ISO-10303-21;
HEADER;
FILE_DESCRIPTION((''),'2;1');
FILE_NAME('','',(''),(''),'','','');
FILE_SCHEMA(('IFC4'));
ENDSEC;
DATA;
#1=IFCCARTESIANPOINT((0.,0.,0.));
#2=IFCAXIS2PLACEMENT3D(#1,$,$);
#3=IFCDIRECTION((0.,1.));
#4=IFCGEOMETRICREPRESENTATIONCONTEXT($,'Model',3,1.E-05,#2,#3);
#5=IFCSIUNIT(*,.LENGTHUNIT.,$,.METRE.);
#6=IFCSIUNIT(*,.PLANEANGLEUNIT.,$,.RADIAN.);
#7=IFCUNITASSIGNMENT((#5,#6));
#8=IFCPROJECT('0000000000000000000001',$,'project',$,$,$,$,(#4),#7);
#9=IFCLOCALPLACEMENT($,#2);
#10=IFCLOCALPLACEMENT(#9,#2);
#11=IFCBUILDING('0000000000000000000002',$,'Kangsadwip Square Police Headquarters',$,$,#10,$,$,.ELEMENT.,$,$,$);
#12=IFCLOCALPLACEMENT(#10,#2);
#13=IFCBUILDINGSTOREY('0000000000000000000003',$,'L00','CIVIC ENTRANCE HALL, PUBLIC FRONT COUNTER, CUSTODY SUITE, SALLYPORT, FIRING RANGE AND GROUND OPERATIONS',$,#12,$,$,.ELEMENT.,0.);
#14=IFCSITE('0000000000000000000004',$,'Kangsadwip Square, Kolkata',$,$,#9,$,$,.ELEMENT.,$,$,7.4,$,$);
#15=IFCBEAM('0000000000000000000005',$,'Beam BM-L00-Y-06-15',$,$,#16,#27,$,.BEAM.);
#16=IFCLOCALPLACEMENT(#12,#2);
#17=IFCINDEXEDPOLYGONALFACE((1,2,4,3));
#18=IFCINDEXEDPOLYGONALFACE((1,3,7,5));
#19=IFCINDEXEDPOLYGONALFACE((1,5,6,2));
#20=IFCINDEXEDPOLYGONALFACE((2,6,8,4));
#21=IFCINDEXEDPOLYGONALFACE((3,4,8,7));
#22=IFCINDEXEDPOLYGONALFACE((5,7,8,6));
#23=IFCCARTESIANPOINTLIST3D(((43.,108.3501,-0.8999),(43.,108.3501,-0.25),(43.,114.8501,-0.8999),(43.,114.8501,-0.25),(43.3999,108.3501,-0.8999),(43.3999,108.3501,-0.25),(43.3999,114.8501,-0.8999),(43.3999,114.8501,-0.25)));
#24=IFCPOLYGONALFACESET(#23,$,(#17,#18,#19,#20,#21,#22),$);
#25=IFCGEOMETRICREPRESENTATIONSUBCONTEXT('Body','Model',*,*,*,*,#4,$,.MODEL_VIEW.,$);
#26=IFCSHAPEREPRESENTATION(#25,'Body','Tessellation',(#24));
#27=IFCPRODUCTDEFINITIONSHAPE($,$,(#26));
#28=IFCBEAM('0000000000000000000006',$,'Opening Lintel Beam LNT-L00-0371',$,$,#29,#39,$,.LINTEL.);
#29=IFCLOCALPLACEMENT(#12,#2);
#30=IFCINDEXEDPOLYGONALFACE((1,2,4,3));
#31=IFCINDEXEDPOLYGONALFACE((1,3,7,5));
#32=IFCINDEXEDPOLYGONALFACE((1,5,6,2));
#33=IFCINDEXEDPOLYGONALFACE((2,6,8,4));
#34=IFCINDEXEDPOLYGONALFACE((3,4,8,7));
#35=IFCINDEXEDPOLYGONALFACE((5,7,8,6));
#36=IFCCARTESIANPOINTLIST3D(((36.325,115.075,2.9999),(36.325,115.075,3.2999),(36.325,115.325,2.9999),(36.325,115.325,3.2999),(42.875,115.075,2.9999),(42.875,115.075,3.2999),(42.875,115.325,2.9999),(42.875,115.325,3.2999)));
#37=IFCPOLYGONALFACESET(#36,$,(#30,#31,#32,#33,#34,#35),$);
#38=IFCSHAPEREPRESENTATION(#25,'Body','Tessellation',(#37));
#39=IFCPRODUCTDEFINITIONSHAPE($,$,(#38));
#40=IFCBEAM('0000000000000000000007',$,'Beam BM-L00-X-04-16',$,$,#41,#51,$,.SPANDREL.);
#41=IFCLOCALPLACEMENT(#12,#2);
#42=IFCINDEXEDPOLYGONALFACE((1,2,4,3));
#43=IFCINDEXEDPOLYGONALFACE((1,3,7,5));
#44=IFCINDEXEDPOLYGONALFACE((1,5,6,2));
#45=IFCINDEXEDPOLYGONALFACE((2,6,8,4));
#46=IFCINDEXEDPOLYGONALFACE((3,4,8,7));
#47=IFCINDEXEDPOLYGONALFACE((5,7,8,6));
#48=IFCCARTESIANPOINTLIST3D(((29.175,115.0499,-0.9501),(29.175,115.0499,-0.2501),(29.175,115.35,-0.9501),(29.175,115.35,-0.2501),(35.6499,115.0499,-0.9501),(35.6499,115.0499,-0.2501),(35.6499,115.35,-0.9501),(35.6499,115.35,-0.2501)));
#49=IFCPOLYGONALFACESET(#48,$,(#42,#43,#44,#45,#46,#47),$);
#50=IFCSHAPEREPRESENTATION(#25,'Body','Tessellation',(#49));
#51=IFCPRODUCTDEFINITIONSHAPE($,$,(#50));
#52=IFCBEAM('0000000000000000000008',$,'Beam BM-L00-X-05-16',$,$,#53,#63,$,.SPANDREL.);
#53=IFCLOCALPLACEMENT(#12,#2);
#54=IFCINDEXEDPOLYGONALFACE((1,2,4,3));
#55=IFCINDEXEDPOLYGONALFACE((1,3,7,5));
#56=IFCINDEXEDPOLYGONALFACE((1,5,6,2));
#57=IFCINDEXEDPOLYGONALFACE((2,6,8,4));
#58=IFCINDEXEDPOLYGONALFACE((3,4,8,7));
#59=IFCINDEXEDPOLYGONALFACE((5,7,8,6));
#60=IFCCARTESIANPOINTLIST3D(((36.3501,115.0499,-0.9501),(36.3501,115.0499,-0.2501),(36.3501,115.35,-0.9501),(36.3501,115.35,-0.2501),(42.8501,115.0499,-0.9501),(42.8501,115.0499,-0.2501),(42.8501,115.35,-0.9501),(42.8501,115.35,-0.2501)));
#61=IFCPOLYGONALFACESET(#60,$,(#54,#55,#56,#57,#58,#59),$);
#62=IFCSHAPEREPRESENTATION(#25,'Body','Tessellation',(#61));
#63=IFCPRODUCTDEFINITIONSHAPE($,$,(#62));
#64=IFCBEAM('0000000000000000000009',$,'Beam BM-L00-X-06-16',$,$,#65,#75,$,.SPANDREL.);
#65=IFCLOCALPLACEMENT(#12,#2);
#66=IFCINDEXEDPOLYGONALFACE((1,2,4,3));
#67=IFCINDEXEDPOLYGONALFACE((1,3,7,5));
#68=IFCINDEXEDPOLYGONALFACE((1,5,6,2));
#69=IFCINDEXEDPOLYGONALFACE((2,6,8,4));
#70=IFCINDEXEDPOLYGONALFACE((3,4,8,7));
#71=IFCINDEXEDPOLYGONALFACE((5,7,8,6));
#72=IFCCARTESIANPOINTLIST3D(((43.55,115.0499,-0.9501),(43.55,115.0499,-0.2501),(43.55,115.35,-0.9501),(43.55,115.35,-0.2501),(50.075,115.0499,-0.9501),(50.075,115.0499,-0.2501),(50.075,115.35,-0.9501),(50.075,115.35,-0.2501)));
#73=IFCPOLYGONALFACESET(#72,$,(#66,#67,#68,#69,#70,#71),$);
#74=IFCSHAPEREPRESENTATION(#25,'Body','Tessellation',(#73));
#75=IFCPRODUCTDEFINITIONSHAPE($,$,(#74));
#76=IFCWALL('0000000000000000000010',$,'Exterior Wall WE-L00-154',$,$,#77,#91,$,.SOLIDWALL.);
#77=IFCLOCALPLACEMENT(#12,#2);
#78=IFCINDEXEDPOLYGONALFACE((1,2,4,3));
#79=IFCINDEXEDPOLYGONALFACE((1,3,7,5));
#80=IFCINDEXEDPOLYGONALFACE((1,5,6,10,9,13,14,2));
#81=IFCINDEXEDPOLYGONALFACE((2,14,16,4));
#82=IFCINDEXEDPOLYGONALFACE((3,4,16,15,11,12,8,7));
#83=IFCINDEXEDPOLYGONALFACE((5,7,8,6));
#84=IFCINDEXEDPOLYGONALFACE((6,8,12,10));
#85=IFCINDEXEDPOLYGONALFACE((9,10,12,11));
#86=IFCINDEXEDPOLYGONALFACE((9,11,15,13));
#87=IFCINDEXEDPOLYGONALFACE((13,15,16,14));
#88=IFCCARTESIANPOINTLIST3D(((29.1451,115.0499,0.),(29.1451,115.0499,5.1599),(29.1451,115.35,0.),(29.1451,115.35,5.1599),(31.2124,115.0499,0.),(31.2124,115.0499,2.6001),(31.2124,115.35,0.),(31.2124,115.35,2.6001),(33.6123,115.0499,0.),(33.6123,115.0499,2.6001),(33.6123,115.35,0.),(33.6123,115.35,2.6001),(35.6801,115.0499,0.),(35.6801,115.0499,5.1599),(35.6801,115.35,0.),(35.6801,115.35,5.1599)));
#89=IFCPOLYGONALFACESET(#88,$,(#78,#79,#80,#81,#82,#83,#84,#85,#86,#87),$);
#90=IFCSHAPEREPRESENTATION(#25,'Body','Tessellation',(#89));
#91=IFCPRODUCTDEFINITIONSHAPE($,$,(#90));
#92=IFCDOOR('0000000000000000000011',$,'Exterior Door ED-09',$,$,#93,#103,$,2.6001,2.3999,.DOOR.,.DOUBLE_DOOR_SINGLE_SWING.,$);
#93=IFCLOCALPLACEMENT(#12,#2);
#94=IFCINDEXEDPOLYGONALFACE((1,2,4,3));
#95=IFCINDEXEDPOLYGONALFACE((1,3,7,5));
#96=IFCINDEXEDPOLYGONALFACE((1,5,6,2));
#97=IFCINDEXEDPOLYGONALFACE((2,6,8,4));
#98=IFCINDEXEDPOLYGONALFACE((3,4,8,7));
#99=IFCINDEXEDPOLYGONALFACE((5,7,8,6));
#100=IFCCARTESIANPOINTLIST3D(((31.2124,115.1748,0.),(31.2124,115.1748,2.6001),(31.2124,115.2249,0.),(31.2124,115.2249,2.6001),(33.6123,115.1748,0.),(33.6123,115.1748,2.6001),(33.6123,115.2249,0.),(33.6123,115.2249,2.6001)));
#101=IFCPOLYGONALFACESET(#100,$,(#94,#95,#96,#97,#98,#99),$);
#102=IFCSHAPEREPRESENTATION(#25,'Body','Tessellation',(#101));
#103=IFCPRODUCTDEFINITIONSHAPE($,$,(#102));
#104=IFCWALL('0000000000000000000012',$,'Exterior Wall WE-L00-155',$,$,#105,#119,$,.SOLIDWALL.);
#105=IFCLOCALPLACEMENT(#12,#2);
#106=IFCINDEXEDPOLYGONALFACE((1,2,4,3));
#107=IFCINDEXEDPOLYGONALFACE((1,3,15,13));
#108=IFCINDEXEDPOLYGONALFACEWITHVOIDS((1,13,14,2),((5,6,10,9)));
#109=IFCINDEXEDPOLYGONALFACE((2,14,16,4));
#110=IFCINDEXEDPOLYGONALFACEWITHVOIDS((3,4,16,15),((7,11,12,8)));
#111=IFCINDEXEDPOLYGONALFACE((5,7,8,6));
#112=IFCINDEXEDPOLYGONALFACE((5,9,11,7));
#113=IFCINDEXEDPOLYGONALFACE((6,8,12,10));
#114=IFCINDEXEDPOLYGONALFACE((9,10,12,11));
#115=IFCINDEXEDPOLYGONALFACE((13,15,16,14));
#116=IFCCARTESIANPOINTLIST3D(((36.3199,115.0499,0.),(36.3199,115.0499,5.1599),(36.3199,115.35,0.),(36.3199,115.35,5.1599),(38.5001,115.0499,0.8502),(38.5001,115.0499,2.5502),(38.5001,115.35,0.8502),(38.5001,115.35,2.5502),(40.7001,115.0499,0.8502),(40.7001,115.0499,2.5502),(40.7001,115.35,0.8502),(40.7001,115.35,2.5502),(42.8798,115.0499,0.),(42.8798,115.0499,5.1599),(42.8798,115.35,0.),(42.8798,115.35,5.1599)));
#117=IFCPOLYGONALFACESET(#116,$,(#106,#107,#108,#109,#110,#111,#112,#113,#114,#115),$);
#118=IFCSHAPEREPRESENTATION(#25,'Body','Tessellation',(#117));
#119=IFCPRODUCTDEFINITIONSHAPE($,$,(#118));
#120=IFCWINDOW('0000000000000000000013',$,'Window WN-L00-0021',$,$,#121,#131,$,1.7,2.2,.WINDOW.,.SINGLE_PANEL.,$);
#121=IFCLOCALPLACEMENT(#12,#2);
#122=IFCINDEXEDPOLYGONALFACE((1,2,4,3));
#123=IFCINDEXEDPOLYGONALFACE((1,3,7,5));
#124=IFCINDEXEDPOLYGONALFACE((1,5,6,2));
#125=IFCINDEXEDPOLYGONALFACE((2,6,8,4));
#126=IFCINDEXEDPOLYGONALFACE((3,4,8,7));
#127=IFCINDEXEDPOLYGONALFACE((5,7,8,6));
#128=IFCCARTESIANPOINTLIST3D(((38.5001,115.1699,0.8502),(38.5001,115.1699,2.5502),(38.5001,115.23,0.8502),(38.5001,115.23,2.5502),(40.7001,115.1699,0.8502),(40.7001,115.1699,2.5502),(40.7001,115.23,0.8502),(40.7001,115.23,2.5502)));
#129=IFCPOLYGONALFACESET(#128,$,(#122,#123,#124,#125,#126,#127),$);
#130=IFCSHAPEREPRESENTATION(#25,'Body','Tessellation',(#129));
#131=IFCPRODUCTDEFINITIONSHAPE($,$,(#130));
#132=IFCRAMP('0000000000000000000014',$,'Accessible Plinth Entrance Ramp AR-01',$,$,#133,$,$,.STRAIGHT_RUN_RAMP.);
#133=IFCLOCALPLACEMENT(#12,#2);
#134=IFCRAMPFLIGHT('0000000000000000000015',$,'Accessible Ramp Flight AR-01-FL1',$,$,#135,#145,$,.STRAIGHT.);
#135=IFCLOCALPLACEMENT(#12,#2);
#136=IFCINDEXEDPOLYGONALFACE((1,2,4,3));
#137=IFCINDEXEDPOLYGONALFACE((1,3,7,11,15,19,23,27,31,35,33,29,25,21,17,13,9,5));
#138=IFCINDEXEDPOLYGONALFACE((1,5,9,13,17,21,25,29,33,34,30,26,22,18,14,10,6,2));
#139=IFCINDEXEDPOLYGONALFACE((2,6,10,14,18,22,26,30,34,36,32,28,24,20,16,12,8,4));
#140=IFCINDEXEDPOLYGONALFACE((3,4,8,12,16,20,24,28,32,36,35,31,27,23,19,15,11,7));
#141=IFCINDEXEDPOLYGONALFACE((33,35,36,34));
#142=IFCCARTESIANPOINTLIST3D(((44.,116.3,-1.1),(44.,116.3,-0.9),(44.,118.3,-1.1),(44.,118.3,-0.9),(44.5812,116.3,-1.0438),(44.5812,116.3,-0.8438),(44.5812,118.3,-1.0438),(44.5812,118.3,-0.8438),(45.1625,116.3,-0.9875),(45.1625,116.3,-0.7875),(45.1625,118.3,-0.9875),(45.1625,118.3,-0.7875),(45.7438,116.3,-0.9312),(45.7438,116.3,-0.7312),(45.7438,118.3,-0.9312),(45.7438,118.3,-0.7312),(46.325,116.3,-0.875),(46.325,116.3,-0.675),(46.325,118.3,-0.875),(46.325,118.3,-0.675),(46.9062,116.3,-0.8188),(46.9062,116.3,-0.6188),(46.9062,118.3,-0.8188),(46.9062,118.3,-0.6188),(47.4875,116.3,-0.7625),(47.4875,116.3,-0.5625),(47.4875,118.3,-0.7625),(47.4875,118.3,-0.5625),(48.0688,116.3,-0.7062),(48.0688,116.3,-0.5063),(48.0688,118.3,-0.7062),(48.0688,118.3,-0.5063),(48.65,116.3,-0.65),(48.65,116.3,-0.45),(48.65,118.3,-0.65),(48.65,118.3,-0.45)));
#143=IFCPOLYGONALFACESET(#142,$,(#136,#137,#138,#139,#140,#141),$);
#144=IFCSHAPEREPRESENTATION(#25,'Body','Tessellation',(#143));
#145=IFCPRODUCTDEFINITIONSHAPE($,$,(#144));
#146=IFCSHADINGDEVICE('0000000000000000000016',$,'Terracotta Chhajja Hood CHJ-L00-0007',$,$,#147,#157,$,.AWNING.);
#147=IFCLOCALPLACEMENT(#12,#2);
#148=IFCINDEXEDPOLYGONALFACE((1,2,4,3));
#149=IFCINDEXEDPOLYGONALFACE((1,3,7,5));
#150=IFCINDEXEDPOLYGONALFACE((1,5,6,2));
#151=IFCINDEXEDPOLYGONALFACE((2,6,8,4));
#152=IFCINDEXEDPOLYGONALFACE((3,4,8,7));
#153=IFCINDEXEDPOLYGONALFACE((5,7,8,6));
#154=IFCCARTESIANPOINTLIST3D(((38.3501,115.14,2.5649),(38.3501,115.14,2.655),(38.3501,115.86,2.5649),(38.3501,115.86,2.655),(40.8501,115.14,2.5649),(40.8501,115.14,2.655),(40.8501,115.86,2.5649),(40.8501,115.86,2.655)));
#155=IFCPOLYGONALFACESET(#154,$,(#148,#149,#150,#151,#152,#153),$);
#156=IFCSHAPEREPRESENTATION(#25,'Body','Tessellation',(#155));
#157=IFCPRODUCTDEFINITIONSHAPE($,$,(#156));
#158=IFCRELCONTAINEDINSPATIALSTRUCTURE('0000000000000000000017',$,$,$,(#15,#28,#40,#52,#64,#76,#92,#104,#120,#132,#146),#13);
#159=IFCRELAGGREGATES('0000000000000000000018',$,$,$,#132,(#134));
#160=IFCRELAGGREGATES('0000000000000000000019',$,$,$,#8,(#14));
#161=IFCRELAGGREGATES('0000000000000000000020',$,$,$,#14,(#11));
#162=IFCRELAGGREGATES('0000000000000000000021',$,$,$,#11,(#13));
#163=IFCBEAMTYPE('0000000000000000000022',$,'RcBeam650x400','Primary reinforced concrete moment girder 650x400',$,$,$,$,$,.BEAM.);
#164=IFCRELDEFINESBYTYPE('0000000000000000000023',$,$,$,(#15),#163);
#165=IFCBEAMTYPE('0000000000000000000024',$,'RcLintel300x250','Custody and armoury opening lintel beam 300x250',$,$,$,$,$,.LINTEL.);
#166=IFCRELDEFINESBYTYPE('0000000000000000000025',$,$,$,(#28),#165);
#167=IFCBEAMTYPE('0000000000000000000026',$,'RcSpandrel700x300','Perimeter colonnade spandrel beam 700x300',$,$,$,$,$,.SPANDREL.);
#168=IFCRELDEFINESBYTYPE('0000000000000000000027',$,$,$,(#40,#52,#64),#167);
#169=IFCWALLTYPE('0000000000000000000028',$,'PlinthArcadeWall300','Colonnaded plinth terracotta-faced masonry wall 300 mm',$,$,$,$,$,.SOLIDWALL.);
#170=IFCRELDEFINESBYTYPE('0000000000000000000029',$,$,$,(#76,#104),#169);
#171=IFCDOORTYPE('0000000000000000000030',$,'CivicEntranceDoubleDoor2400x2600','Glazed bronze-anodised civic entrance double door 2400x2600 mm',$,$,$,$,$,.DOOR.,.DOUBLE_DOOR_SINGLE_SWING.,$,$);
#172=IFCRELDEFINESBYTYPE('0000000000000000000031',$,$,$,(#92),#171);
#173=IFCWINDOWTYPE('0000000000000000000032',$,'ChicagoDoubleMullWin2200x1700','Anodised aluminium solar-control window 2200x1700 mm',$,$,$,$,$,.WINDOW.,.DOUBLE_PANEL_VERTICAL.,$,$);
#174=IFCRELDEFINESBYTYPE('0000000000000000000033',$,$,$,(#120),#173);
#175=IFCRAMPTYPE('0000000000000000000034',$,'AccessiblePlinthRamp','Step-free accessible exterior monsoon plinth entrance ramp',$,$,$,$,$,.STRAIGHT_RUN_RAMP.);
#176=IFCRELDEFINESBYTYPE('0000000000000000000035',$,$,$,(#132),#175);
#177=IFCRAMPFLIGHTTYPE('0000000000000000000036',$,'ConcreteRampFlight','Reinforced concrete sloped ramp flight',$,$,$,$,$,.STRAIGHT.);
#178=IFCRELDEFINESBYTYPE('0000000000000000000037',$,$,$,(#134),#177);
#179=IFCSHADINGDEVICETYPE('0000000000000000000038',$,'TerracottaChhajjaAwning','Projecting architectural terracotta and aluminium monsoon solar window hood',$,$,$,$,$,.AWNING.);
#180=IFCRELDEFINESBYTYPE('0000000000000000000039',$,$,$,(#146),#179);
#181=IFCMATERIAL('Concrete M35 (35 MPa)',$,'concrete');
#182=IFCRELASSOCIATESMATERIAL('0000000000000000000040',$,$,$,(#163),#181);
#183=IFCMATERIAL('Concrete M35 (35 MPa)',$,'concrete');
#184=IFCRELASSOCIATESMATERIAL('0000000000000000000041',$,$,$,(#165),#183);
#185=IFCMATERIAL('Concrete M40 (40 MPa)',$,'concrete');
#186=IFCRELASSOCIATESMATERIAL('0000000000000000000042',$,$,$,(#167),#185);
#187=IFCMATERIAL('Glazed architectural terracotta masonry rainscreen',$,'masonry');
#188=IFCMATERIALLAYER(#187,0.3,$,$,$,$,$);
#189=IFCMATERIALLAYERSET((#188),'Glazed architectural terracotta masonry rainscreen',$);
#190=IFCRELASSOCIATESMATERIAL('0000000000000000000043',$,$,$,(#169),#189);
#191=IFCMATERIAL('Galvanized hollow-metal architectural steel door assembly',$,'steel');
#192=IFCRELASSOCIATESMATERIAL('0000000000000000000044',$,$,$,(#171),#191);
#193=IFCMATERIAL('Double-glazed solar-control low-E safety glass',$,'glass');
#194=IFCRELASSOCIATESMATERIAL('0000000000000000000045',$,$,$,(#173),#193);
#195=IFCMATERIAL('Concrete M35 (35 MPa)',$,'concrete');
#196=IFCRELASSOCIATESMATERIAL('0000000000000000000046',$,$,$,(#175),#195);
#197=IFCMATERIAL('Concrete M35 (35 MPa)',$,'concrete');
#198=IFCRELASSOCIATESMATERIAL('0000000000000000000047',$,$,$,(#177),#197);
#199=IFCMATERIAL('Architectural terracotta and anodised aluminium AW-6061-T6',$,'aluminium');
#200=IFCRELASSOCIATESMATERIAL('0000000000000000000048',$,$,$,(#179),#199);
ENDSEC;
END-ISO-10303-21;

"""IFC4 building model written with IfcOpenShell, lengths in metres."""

from ifc_helpers import new_model, si_unit, direction, frame, frame_2d, origin, origin_2d, place, context, subcontext, project, spatial, polyline, rectangle, outline, extrude, material, layer, layer_set, material_profile, profile_set, type_object, element, fill, aggregate, save


model = new_model("IFC4")

# Units and contexts
model_context = context("Model", 3, precision=1e-05, world=origin(), true_north=direction((0.0, 1.0)))
body_context = subcontext(model_context, "Body", "Model", "MODEL_VIEW")
ifc_project = project(units=[si_unit("LENGTHUNIT", "METRE"), si_unit("PLANEANGLEUNIT", "RADIAN")], contexts=[model_context])

# Site, building, storey
site_placement = place(None, origin())
site = spatial("IfcSite", under=ifc_project, at=site_placement, Name="Kangsadwip Square, Kolkata", CompositionType="ELEMENT", RefElevation=7.4)
building_placement = place(site_placement, origin())
building = spatial("IfcBuilding", under=site, at=building_placement, Name="Kangsadwip Square Police Headquarters", CompositionType="ELEMENT")
storey_placement = place(building_placement, origin())
storey = spatial("IfcBuildingStorey", under=building, at=storey_placement, Name="L00", Description="CIVIC ENTRANCE HALL, PUBLIC FRONT COUNTER, CUSTODY SUITE, SALLYPORT, FIRING RANGE AND GROUND OPERATIONS", CompositionType="ELEMENT", Elevation=0.0)

# Beams
ifc_material_1 = material(Name="Concrete M35 (35 MPa)", Category="concrete")
ifc_material_profile_1 = material_profile(ifc_material_1, rectangle(XDim=0.3999, YDim=0.6499, at=origin_2d()), Name="RC BM 650X400")
ifc_profile_set_1 = profile_set([ifc_material_profile_1], Name="Concrete M35 (35 MPa)")
beam_type_1 = type_object("IfcBeamType", Name="RcBeam650x400", Description="Primary reinforced concrete moment girder 650x400", PredefinedType="BEAM", material=ifc_profile_set_1)
for number, where, z_axis, x_axis, name in (
    (1, (43.2, 108.3501, -0.575), (0.0, 1.0, 0.0), (-1.0, 0.0, 0.0), "Beam BM-L00-Y-06-15"),
):
    element("IfcBeam", number, at=place(storey_placement, frame(where, z_axis=z_axis, x_axis=x_axis)), inside=storey, type_object=beam_type_1, Name=name, PredefinedType="BEAM", context=body_context, shape_type="SweptSolid", body=[
        extrude(rectangle(XDim=0.3999, YDim=0.6499, at=origin_2d()), origin(), (0.0, 0.0, 1.0), 6.5),
    ])
ifc_material_2 = material(Name="Concrete M35 (35 MPa)", Category="concrete")
ifc_material_profile_2 = material_profile(ifc_material_2, rectangle(XDim=0.25, YDim=0.3, at=origin_2d()), Name="RC LNT 300X250")
ifc_profile_set_2 = profile_set([ifc_material_profile_2], Name="Concrete M35 (35 MPa)")
beam_type_2 = type_object("IfcBeamType", Name="RcLintel300x250", Description="Custody and armoury opening lintel beam 300x250", PredefinedType="LINTEL", material=ifc_profile_set_2)
beam_1_placement = place(storey_placement, frame((36.325, 115.2, 3.1499), z_axis=(1.0, 0.0, 0.0), x_axis=(0.0, 1.0, 0.0)))
element("IfcBeam", 2, at=beam_1_placement, inside=storey, type_object=beam_type_2, Name="Opening Lintel Beam LNT-L00-0371", PredefinedType="LINTEL", context=body_context, shape_type="SweptSolid", body=[
    extrude(rectangle(XDim=0.25, YDim=0.3, at=origin_2d()), origin(), (0.0, 0.0, 1.0), 6.55),
])
ifc_material_3 = material(Name="Concrete M40 (40 MPa)", Category="concrete")
ifc_material_profile_3 = material_profile(ifc_material_3, rectangle(XDim=0.3, YDim=0.7, at=origin_2d()), Name="RC SPN 700X300")
ifc_profile_set_3 = profile_set([ifc_material_profile_3], Name="Concrete M40 (40 MPa)")
beam_type_3 = type_object("IfcBeamType", Name="RcSpandrel700x300", Description="Perimeter colonnade spandrel beam 700x300", PredefinedType="SPANDREL", material=ifc_profile_set_3)
beam_2_placement = place(storey_placement, frame((29.175, 115.2, -0.6001), z_axis=(1.0, 0.0, 0.0), x_axis=(0.0, 1.0, 0.0)))
element("IfcBeam", 3, at=beam_2_placement, inside=storey, type_object=beam_type_3, Name="Beam BM-L00-X-04-16", PredefinedType="SPANDREL", context=body_context, shape_type="SweptSolid", body=[
    extrude(rectangle(XDim=0.3, YDim=0.7, at=origin_2d()), origin(), (0.0, 0.0, 1.0), 6.4749),
])
beam_3_placement = place(storey_placement, frame((36.3501, 115.2, -0.6001), z_axis=(1.0, 0.0, 0.0), x_axis=(0.0, 1.0, 0.0)))
element("IfcBeam", 4, at=beam_3_placement, inside=storey, type_object=beam_type_3, Name="Beam BM-L00-X-05-16", PredefinedType="SPANDREL", context=body_context, shape_type="SweptSolid", body=[
    extrude(rectangle(XDim=0.3, YDim=0.7, at=origin_2d()), origin(), (0.0, 0.0, 1.0), 6.5),
])
beam_4_placement = place(storey_placement, frame((43.55, 115.2, -0.6001), z_axis=(1.0, 0.0, 0.0), x_axis=(0.0, 1.0, 0.0)))
element("IfcBeam", 5, at=beam_4_placement, inside=storey, type_object=beam_type_3, Name="Beam BM-L00-X-06-16", PredefinedType="SPANDREL", context=body_context, shape_type="SweptSolid", body=[
    extrude(rectangle(XDim=0.3, YDim=0.7, at=origin_2d()), origin(), (0.0, 0.0, 1.0), 6.5249),
])

# Wall, opening, door
ifc_material_4 = material(Name="Glazed architectural terracotta masonry rainscreen", Category="masonry")
ifc_layer_1 = layer(ifc_material_4, 0.3)
ifc_layer_set_1 = layer_set([ifc_layer_1], Name="Glazed architectural terracotta masonry rainscreen")
wall_type = type_object("IfcWallType", Name="PlinthArcadeWall300", Description="Colonnaded plinth terracotta-faced masonry wall 300 mm", PredefinedType="SOLIDWALL", material=ifc_layer_set_1)
wall_1_placement = place(storey_placement, frame((29.145, 115.2, 0.0), z_axis=(0.0, 0.0, 1.0), x_axis=(1.0, 0.0, 0.0)))
wall_1 = element("IfcWall", 6, at=wall_1_placement, inside=storey, type_object=wall_type, Name="Exterior Wall WE-L00-154", PredefinedType="SOLIDWALL", context=body_context, shape_type="SweptSolid", body=[
    extrude(rectangle(XDim=6.5349, YDim=0.3, at=frame_2d((3.2676, 0.0))), origin(), (0.0, 0.0, 1.0), 5.1599),
])
opening_1_placement = place(wall_1_placement, frame((2.0674, 0.0, 0.0)))
opening_1 = element("IfcOpeningElement", 7, at=opening_1_placement, cuts=wall_1, PredefinedType="OPENING", context=body_context, shape_type="SweptSolid", body=[
    extrude(rectangle(XDim=2.3999, YDim=2.6001, at=frame_2d((1.2, 1.3))), frame((0.0, 0.1599, 0.0), z_axis=(0.0, -1.0, 0.0), x_axis=(1.0, 0.0, 0.0)), (0.0, 0.0, 1.0), 0.3201),
])
ifc_material_5 = material(Name="Galvanized hollow-metal architectural steel door assembly", Category="steel")
door_type = type_object("IfcDoorType", Name="CivicEntranceDoubleDoor2400x2600", Description="Glazed bronze-anodised civic entrance double door 2400x2600 mm", OperationType="DOUBLE_DOOR_SINGLE_SWING", PredefinedType="DOOR", material=ifc_material_5)
door_placement = place(opening_1_placement, origin())
door = element("IfcDoor", 8, at=door_placement, inside=storey, type_object=door_type, Name="Exterior Door ED-09", OperationType="DOUBLE_DOOR_SINGLE_SWING", OverallHeight=2.6001, OverallWidth=2.3999, PredefinedType="DOOR", context=body_context, shape_type="SweptSolid", body=[
    extrude(rectangle(XDim=2.3999, YDim=2.6001, at=frame_2d((1.2, 1.3))), frame((0.0, 0.0249, 0.0), z_axis=(0.0, -1.0, 0.0), x_axis=(1.0, 0.0, 0.0)), (0.0, 0.0, 1.0), 0.05),
])
fill(opening_1, door)

# Wall, opening, window
wall_2_placement = place(storey_placement, frame((36.3201, 115.2, 0.0), z_axis=(0.0, 0.0, 1.0), x_axis=(1.0, 0.0, 0.0)))
wall_2 = element("IfcWall", 9, at=wall_2_placement, inside=storey, type_object=wall_type, Name="Exterior Wall WE-L00-155", PredefinedType="SOLIDWALL", context=body_context, shape_type="SweptSolid", body=[
    extrude(rectangle(XDim=6.5598, YDim=0.3, at=frame_2d((3.2798, 0.0))), origin(), (0.0, 0.0, 1.0), 5.1599),
])
opening_2_placement = place(wall_2_placement, frame((2.1799, 0.0, 0.8501)))
opening_2 = element("IfcOpeningElement", 10, at=opening_2_placement, cuts=wall_2, PredefinedType="OPENING", context=body_context, shape_type="SweptSolid", body=[
    extrude(rectangle(XDim=2.2, YDim=1.7, at=frame_2d((1.1001, 0.8501))), frame((0.0, 0.1599, 0.0), z_axis=(0.0, -1.0, 0.0), x_axis=(1.0, 0.0, 0.0)), (0.0, 0.0, 1.0), 0.3201),
])
ifc_material_6 = material(Name="Double-glazed solar-control low-E safety glass", Category="glass")
window_type = type_object("IfcWindowType", Name="ChicagoDoubleMullWin2200x1700", Description="Anodised aluminium solar-control window 2200x1700 mm", PartitioningType="DOUBLE_PANEL_VERTICAL", PredefinedType="WINDOW", material=ifc_material_6)
window_placement = place(opening_2_placement, origin())
window = element("IfcWindow", 11, at=window_placement, inside=storey, type_object=window_type, Name="Window WN-L00-0021", OverallHeight=1.7, OverallWidth=2.2, PartitioningType="SINGLE_PANEL", PredefinedType="WINDOW", context=body_context, shape_type="SweptSolid", body=[
    extrude(rectangle(XDim=2.2, YDim=1.7, at=frame_2d((1.1001, 0.8501))), frame((0.0, 0.03, 0.0), z_axis=(0.0, -1.0, 0.0), x_axis=(1.0, 0.0, 0.0)), (0.0, 0.0, 1.0), 0.0601),
])
fill(opening_2, window)

# Ramp, ramp flight
ifc_material_7 = material(Name="Concrete M35 (35 MPa)", Category="concrete")
ramp_type = type_object("IfcRampType", Name="AccessiblePlinthRamp", Description="Step-free accessible exterior monsoon plinth entrance ramp", PredefinedType="STRAIGHT_RUN_RAMP", material=ifc_material_7)
ramp_placement = place(storey_placement, origin())
ramp = element("IfcRamp", 12, at=ramp_placement, inside=storey, type_object=ramp_type, Name="Accessible Plinth Entrance Ramp AR-01", PredefinedType="STRAIGHT_RUN_RAMP")
ifc_material_8 = material(Name="Concrete M35 (35 MPa)", Category="concrete")
ramp_flight_type = type_object("IfcRampFlightType", Name="ConcreteRampFlight", Description="Reinforced concrete sloped ramp flight", PredefinedType="STRAIGHT", material=ifc_material_8)
ramp_flight_placement = place(storey_placement, frame((44.0, 118.3, -0.9), z_axis=(0.0, -1.0, 0.0), x_axis=(1.0, 0.0, 0.0)))
ramp_flight = element("IfcRampFlight", 13, at=ramp_flight_placement, type_object=ramp_flight_type, Name="Accessible Ramp Flight AR-01-FL1", PredefinedType="STRAIGHT", context=body_context, shape_type="SweptSolid", body=[
    extrude(outline(polyline([(0.0, 0.0), (0.5813, 0.0563), (1.1625, 0.1125), (1.7437, 0.1688), (2.325, 0.225), (2.9062, 0.2812), (3.4875, 0.3375), (4.0687, 0.3937), (4.65, 0.45), (4.65, 0.25), (4.0687, 0.1938), (3.4875, 0.1375), (2.9062, 0.0813), (2.325, 0.025), (1.7437, -0.0312), (1.1625, -0.0875), (0.5813, -0.1437), (0.0, -0.2), (0.0, 0.0)])), origin(), (0.0, 0.0, 1.0), 2.0),
])
aggregate(ramp, [ramp_flight])

# Shading device
ifc_material_9 = material(Name="Architectural terracotta and anodised aluminium AW-6061-T6", Category="aluminium")
shading_device_type = type_object("IfcShadingDeviceType", Name="TerracottaChhajjaAwning", Description="Projecting architectural terracotta and aluminium monsoon solar window hood", PredefinedType="AWNING", material=ifc_material_9)
shading_device_placement = place(storey_placement, frame((39.6001, 115.5, 2.5649), z_axis=(0.0, 0.0, 1.0), x_axis=(1.0, 0.0, 0.0)))
element("IfcShadingDevice", 14, at=shading_device_placement, inside=storey, type_object=shading_device_type, Name="Terracotta Chhajja Hood CHJ-L00-0007", PredefinedType="AWNING", context=body_context, shape_type="SweptSolid", body=[
    extrude(rectangle(XDim=2.5, YDim=0.72, at=origin_2d()), origin(), (0.0, 0.0, 1.0), 0.0901),
])

save(model, "model.ifc")
